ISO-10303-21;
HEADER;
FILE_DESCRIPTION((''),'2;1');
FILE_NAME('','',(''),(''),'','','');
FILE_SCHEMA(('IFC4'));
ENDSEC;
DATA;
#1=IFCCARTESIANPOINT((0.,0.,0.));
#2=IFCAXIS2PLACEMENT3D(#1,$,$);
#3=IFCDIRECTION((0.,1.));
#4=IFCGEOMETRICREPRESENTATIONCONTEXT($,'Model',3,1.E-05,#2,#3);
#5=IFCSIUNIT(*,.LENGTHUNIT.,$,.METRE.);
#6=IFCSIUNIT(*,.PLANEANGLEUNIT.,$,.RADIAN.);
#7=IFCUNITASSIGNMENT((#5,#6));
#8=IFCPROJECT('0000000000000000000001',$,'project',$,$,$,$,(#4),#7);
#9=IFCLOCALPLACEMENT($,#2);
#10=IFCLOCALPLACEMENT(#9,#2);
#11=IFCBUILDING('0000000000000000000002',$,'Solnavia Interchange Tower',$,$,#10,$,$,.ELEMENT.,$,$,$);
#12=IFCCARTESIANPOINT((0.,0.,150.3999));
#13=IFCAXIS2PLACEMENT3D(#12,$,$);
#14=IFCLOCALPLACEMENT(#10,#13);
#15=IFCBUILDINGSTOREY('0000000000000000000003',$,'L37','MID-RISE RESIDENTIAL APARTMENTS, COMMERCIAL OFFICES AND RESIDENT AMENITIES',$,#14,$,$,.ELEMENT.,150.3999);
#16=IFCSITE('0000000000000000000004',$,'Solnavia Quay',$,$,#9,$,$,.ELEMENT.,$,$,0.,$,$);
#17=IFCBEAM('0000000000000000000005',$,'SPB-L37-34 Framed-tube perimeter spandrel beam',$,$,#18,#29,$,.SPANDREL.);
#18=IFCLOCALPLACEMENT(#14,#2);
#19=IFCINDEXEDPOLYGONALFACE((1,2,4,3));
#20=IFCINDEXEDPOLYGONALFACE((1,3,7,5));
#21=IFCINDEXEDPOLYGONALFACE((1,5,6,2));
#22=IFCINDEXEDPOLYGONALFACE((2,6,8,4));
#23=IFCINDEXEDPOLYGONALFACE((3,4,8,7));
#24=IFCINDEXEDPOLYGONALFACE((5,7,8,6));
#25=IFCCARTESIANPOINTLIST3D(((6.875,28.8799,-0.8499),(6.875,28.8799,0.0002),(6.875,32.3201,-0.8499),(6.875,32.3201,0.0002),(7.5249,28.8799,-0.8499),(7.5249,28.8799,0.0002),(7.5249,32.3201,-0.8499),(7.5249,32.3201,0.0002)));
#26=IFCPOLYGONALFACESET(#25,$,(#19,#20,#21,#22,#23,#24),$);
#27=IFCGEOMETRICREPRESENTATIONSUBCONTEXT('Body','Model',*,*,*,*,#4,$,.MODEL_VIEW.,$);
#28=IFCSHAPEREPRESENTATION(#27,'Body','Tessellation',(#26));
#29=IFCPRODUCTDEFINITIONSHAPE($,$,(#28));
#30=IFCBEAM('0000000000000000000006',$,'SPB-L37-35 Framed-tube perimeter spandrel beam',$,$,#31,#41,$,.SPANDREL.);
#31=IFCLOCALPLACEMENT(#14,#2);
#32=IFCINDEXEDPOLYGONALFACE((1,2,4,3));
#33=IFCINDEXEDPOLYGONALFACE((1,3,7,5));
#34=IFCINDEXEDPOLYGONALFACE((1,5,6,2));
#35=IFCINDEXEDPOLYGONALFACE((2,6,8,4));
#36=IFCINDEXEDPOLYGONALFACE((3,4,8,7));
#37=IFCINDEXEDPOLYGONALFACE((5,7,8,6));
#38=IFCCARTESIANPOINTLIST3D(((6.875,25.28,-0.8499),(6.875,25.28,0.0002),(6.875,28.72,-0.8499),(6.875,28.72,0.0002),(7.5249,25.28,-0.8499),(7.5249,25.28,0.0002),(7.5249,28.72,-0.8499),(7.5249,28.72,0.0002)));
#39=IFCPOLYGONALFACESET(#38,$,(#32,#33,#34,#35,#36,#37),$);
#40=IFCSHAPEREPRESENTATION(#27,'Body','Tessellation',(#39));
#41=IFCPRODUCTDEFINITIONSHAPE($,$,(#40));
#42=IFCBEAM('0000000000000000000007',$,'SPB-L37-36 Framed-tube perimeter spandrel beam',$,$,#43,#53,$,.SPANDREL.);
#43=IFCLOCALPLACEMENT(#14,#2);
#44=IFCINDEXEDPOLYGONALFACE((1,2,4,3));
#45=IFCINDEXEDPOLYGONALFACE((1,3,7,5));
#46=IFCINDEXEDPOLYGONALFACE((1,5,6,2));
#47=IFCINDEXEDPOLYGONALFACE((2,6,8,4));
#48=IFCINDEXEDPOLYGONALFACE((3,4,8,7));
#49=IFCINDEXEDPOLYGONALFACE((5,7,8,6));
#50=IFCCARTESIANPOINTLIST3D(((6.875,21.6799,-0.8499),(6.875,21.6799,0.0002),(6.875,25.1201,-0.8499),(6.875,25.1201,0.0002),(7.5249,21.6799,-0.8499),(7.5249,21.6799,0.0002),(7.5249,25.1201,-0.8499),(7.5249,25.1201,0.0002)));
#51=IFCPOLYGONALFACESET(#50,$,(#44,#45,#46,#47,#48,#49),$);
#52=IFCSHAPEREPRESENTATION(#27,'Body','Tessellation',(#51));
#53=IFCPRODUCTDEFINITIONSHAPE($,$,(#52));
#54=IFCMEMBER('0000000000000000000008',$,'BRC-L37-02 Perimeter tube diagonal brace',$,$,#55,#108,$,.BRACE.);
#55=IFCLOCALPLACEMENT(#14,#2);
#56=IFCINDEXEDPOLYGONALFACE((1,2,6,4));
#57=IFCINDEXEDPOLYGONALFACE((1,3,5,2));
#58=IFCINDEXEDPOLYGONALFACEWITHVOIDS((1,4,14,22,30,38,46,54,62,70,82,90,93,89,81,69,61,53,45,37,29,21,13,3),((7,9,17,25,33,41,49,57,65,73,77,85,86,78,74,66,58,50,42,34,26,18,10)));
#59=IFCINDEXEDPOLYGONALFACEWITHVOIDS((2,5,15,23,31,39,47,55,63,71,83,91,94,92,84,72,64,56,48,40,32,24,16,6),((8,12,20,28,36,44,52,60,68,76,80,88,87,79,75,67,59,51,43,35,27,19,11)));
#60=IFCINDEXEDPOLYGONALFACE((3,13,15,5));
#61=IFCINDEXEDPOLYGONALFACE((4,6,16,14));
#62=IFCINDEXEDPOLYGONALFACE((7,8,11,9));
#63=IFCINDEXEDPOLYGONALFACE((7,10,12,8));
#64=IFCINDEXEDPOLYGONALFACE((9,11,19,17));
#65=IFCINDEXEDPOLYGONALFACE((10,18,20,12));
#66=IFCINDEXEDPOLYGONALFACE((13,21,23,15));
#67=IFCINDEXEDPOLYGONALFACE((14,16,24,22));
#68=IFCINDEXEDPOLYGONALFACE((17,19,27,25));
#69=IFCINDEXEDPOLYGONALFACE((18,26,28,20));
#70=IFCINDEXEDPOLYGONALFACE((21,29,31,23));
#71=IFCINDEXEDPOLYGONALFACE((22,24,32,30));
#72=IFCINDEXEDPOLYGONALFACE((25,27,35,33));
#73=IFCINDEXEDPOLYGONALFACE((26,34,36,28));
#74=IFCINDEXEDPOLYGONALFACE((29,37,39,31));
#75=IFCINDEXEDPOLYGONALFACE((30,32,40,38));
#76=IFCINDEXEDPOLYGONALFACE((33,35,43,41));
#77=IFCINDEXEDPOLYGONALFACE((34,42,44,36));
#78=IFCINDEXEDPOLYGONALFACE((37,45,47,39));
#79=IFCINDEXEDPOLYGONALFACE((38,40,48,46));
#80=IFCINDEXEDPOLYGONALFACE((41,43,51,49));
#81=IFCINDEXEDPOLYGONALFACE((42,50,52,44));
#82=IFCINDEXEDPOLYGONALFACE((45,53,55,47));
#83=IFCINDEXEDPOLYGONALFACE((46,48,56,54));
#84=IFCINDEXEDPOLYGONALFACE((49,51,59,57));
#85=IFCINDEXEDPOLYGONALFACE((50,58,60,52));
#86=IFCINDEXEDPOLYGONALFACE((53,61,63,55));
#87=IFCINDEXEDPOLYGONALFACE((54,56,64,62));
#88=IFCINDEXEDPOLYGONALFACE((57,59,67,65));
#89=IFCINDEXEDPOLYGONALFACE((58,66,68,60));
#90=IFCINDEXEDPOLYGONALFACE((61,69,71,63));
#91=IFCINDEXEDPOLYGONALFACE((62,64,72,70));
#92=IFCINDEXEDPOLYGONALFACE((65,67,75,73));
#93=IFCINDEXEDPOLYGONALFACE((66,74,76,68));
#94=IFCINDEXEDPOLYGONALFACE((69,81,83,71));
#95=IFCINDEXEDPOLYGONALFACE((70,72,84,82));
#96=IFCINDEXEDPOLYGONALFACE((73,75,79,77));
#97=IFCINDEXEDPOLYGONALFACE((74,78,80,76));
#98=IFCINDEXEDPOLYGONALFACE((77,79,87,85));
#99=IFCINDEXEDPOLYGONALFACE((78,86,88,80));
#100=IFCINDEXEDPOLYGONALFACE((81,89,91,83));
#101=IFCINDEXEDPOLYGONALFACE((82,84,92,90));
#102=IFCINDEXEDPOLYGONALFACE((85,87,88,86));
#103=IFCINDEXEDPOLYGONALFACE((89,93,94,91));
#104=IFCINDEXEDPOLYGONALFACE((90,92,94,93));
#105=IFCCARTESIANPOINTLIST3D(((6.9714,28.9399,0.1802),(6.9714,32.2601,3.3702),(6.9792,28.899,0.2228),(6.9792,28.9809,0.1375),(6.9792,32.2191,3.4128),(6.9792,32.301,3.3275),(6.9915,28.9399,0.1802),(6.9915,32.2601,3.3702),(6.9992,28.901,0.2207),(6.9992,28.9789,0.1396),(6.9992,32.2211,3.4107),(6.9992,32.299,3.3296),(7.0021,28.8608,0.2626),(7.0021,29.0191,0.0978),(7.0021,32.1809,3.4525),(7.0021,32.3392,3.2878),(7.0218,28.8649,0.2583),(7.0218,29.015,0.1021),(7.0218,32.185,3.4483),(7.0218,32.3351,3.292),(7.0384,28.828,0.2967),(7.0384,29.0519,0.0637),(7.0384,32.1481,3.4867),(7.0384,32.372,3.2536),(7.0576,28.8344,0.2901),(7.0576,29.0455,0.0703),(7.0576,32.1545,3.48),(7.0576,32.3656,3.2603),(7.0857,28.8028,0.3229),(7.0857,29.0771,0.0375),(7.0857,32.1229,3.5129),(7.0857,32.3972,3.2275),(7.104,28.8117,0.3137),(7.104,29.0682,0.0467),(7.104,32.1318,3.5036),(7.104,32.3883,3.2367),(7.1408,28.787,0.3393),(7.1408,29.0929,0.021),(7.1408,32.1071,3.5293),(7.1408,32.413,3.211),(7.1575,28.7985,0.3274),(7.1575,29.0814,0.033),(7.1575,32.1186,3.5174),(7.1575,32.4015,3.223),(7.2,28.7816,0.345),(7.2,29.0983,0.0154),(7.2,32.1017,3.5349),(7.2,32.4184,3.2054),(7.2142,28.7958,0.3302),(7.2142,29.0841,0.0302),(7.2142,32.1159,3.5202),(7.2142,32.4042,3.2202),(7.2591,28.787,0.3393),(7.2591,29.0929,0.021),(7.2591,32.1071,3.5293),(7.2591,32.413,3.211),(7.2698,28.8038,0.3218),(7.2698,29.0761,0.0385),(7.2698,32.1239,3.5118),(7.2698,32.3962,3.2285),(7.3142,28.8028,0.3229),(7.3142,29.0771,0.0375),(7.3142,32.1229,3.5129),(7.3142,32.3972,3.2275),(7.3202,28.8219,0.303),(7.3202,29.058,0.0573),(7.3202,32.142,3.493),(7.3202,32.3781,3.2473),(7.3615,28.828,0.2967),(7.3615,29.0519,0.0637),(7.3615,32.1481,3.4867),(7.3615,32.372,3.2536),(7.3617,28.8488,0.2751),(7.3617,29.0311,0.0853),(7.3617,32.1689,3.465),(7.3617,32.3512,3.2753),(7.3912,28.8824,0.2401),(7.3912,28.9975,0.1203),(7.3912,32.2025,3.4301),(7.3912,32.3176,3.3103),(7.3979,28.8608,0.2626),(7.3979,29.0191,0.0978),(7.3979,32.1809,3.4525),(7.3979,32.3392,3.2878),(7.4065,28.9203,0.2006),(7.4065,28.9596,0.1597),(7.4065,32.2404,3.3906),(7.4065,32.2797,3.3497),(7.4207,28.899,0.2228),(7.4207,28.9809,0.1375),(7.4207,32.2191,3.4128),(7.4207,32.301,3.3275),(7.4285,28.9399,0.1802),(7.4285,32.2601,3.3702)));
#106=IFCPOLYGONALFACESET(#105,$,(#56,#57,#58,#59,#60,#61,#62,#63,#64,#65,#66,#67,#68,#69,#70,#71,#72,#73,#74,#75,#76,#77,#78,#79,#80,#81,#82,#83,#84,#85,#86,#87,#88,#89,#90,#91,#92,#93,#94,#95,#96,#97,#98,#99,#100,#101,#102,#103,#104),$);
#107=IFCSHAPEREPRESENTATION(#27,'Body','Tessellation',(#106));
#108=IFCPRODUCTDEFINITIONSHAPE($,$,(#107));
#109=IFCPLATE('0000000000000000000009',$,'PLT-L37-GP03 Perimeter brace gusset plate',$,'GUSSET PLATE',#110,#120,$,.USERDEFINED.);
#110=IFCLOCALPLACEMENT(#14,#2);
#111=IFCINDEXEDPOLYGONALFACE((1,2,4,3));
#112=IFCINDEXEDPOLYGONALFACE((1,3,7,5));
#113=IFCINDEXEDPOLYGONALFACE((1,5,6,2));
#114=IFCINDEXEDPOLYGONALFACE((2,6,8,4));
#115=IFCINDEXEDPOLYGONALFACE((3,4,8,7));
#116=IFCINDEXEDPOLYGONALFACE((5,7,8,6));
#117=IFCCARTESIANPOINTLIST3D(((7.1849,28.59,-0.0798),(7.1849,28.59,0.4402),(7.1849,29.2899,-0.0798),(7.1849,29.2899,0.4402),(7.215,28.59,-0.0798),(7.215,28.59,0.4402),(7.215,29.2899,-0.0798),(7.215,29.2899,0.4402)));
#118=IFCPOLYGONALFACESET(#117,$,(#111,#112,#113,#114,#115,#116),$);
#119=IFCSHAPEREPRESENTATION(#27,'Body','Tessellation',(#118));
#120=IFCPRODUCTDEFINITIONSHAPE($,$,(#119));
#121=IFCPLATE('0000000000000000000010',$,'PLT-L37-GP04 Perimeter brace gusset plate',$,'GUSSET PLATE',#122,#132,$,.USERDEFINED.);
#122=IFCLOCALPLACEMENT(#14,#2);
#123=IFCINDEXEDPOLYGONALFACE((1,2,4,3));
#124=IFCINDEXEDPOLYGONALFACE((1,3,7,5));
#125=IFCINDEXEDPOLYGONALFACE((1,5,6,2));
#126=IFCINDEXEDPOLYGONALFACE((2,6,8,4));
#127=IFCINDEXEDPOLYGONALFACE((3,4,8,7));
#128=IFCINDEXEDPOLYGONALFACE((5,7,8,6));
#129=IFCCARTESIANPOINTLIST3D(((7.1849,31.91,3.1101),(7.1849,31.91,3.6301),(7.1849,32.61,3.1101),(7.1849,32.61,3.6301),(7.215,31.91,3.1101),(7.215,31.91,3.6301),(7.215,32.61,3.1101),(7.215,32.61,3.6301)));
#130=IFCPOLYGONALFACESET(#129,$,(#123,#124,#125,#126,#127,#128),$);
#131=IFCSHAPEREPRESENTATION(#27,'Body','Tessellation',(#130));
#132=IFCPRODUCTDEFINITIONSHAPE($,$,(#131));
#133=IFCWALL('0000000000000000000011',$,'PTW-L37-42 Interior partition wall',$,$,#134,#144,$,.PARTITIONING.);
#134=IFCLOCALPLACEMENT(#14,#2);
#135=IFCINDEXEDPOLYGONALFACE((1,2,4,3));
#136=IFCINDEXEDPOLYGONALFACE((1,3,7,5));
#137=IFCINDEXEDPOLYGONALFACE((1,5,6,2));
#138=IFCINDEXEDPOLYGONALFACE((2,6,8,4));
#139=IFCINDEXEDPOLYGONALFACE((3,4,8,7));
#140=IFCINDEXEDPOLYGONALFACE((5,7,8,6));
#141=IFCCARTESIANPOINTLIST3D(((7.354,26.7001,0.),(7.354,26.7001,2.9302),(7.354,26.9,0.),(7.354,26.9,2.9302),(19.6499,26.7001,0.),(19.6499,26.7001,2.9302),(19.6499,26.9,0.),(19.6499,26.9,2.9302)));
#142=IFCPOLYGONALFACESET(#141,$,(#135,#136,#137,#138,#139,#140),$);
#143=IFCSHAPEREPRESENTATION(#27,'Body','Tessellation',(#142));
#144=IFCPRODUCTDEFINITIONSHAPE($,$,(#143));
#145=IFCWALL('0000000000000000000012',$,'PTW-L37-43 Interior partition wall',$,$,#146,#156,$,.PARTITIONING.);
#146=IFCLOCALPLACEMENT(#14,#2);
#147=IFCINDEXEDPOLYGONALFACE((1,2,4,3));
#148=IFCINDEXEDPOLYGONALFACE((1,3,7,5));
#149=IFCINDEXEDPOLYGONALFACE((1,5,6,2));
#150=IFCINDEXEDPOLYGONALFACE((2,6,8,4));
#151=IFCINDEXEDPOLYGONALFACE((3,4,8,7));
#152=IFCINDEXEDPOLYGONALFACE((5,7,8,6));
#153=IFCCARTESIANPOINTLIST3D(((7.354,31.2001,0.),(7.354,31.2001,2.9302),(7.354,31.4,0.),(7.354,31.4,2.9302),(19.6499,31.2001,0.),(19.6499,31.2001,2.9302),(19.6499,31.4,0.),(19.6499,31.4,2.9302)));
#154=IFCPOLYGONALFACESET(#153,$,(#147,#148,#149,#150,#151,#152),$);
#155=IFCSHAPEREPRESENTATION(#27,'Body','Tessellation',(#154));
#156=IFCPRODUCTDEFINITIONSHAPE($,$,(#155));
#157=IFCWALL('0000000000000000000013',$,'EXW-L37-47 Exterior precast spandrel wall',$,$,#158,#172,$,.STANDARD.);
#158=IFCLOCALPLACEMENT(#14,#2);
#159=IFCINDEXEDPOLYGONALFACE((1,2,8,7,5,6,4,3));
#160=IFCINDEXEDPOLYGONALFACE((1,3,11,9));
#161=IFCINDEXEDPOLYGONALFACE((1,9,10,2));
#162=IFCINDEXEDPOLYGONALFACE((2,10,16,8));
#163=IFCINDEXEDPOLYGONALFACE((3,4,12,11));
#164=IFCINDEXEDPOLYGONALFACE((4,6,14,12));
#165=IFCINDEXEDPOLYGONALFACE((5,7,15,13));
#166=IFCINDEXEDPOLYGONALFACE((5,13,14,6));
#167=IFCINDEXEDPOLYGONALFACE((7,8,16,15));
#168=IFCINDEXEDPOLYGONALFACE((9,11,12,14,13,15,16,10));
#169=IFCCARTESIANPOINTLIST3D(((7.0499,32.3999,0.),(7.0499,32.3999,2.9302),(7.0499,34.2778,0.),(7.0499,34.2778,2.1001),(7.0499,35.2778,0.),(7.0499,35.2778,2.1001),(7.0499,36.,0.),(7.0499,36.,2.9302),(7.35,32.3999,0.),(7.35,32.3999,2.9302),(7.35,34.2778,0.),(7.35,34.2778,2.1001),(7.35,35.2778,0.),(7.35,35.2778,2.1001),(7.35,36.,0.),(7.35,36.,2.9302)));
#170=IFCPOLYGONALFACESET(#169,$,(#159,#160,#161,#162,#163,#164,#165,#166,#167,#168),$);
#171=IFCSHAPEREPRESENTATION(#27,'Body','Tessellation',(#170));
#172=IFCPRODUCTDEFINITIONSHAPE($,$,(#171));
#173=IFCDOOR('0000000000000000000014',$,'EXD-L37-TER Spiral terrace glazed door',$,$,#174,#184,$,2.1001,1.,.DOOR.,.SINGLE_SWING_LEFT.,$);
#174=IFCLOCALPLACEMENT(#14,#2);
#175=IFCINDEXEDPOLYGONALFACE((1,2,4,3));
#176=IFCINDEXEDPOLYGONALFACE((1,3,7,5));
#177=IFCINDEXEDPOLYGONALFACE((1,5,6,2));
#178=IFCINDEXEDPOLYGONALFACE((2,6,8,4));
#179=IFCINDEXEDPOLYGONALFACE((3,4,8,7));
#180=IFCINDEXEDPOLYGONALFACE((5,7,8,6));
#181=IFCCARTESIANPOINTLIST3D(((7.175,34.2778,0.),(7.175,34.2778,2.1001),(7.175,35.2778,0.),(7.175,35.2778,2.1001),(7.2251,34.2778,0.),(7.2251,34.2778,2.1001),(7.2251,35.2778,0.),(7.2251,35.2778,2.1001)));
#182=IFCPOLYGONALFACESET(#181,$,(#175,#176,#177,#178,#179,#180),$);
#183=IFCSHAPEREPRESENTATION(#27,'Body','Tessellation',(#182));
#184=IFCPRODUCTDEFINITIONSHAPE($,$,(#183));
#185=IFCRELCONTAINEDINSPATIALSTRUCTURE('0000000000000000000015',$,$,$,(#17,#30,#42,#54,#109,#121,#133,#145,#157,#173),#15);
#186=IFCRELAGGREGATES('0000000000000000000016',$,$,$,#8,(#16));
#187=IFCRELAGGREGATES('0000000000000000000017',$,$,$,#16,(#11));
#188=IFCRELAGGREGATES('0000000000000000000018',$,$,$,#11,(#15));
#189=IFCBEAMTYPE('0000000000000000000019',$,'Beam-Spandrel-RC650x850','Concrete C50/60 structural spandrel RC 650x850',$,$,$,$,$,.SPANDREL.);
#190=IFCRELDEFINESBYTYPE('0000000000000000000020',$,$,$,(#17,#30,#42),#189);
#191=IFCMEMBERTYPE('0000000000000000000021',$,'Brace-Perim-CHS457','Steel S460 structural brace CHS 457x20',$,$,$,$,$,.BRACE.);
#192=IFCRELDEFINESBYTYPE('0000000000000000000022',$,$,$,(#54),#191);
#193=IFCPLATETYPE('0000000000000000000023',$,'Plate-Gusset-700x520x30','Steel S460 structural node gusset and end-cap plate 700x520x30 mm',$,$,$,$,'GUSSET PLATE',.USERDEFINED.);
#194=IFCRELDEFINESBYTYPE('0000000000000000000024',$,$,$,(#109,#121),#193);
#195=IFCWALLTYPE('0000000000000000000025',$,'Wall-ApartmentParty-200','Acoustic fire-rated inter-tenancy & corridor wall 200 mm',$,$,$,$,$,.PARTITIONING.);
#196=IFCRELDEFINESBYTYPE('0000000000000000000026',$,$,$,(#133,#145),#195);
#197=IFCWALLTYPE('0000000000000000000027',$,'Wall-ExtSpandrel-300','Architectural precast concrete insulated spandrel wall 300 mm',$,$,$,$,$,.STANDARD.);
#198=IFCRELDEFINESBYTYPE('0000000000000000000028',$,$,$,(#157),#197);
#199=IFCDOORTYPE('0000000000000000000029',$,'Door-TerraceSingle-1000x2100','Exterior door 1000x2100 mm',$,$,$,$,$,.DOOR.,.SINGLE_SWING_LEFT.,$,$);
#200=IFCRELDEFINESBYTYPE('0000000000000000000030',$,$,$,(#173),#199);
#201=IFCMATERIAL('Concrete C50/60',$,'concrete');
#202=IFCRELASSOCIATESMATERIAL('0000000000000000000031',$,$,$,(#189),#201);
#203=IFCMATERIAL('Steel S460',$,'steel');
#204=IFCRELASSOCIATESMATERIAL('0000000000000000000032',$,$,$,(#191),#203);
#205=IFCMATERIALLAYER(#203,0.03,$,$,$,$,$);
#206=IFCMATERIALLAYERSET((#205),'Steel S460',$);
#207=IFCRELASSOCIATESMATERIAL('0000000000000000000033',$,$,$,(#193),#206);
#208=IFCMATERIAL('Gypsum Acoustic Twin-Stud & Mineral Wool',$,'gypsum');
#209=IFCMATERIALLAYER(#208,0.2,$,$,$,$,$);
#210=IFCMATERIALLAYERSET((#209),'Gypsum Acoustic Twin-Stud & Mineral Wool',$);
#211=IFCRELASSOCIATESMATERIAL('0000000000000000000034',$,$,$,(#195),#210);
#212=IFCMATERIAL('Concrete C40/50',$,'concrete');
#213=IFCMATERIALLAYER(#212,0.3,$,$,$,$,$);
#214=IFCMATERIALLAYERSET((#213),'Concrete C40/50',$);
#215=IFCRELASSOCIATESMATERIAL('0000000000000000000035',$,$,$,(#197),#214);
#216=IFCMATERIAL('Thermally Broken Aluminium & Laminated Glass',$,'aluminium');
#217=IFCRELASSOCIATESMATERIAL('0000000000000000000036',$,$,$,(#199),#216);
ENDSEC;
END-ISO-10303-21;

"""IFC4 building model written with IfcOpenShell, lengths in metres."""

from ifc_helpers import new_model, si_unit, direction, frame, frame_2d, origin, origin_2d, place, context, subcontext, project, spatial, rectangle, hollow_circle, extrude, material, layer, layer_set, material_profile, profile_set, type_object, element, fill, save


model = new_model("IFC4")

# Units and contexts
model_context = context("Model", 3, precision=1e-05, world=origin(), true_north=direction((0.0, 1.0)))
body_context = subcontext(model_context, "Body", "Model", "MODEL_VIEW")
ifc_project = project(units=[si_unit("LENGTHUNIT", "METRE"), si_unit("PLANEANGLEUNIT", "RADIAN")], contexts=[model_context])

# Site, building, storey
site_placement = place(None, origin())
site = spatial("IfcSite", under=ifc_project, at=site_placement, Name="Solnavia Quay", CompositionType="ELEMENT", RefElevation=0.0)
building_placement = place(site_placement, origin())
building = spatial("IfcBuilding", under=site, at=building_placement, Name="Solnavia Interchange Tower", CompositionType="ELEMENT")
storey_placement = place(building_placement, frame((0.0, 0.0, 150.3999)))
storey = spatial("IfcBuildingStorey", under=building, at=storey_placement, Name="L37", Description="MID-RISE RESIDENTIAL APARTMENTS, COMMERCIAL OFFICES AND RESIDENT AMENITIES", CompositionType="ELEMENT", Elevation=150.3999)

# Shared definitions
ifc_material_1 = material(Name="Concrete C50/60", Category="concrete")

# Beams
ifc_material_2 = material(Name="Steel S460", Category="steel")
ifc_material_profile_1 = material_profile(ifc_material_1, rectangle(XDim=0.6499, YDim=0.8501, at=origin_2d()), Name="RC 650x850")
ifc_profile_set_1 = profile_set([ifc_material_profile_1], Name="Concrete C50/60")
beam_type_1 = type_object("IfcBeamType", Name="Beam-Spandrel-RC650x850", Description="Concrete C50/60 structural spandrel RC 650x850", PredefinedType="SPANDREL", material=ifc_profile_set_1)
beam_1_placement = place(storey_placement, frame((7.2, 32.3201, -0.4248), z_axis=(0.0, -1.0, 0.0), x_axis=(1.0, 0.0, 0.0)))
element("IfcBeam", 1, at=beam_1_placement, inside=storey, type_object=beam_type_1, Name="SPB-L37-34 Framed-tube perimeter spandrel beam", PredefinedType="SPANDREL", context=body_context, shape_type="SweptSolid", body=[
    extrude(rectangle(XDim=0.6499, YDim=0.8501, at=origin_2d()), origin(), (0.0, 0.0, 1.0), 3.4402),
])
beam_2_placement = place(storey_placement, frame((7.2, 28.72, -0.4248), z_axis=(0.0, -1.0, 0.0), x_axis=(1.0, 0.0, 0.0)))
element("IfcBeam", 2, at=beam_2_placement, inside=storey, type_object=beam_type_1, Name="SPB-L37-35 Framed-tube perimeter spandrel beam", PredefinedType="SPANDREL", context=body_context, shape_type="SweptSolid", body=[
    extrude(rectangle(XDim=0.6499, YDim=0.8501, at=origin_2d()), origin(), (0.0, 0.0, 1.0), 3.4399),
])
beam_3_placement = place(storey_placement, frame((7.2, 25.1201, -0.4248), z_axis=(0.0, -1.0, 0.0), x_axis=(1.0, 0.0, 0.0)))
element("IfcBeam", 3, at=beam_3_placement, inside=storey, type_object=beam_type_1, Name="SPB-L37-36 Framed-tube perimeter spandrel beam", PredefinedType="SPANDREL", context=body_context, shape_type="SweptSolid", body=[
    extrude(rectangle(XDim=0.6499, YDim=0.8501, at=origin_2d()), origin(), (0.0, 0.0, 1.0), 3.4402),
])

# Member
ifc_material_profile_2 = material_profile(ifc_material_2, hollow_circle(Radius=0.2285, WallThickness=0.02, at=origin_2d()), Name="CHS 457x20")
ifc_profile_set_2 = profile_set([ifc_material_profile_2], Name="Steel S460")
member_type = type_object("IfcMemberType", Name="Brace-Perim-CHS457", Description="Steel S460 structural brace CHS 457x20", PredefinedType="BRACE", material=ifc_profile_set_2)
member_placement = place(storey_placement, frame((7.2, 28.9399, 0.1802), z_axis=(0.0, 0.721097, 0.692834), x_axis=(-1.0, 0.0, 0.0)))
element("IfcMember", 4, at=member_placement, inside=storey, type_object=member_type, Name="BRC-L37-02 Perimeter tube diagonal brace", PredefinedType="BRACE", context=body_context, shape_type="SweptSolid", body=[
    extrude(hollow_circle(Radius=0.2285, WallThickness=0.02, at=origin_2d()), origin(), (0.0, 0.0, 1.0), 4.6042),
])

# Plates
ifc_layer_1 = layer(ifc_material_2, 0.03)
ifc_layer_set_1 = layer_set([ifc_layer_1], Name="Steel S460")
plate_type = type_object("IfcPlateType", Name="Plate-Gusset-700x520x30", Description="Steel S460 structural node gusset and end-cap plate 700x520x30 mm", ElementType="GUSSET PLATE", PredefinedType="USERDEFINED", material=ifc_layer_set_1)
for number, where, z_axis, x_axis, name in (
    (5, (7.2, 28.9399, -0.0798), (0.0, 0.0, 1.0), (0.0, 1.0, 0.0), "PLT-L37-GP03 Perimeter brace gusset plate"),
    (6, (7.2, 32.26, 3.1101), (0.0, 0.0, 1.0), (0.0, 1.0, 0.0), "PLT-L37-GP04 Perimeter brace gusset plate"),
):
    element("IfcPlate", number, at=place(storey_placement, frame(where, z_axis=z_axis, x_axis=x_axis)), inside=storey, type_object=plate_type, Name=name, ObjectType="GUSSET PLATE", PredefinedType="USERDEFINED", context=body_context, shape_type="SweptSolid", body=[
        extrude(rectangle(XDim=0.7, YDim=0.03, at=origin_2d()), origin(), (0.0, 0.0, 1.0), 0.52),
    ])

# Walls
ifc_material_3 = material(Name="Gypsum Acoustic Twin-Stud & Mineral Wool", Category="gypsum")
ifc_layer_2 = layer(ifc_material_3, 0.2)
ifc_layer_set_2 = layer_set([ifc_layer_2], Name="Gypsum Acoustic Twin-Stud & Mineral Wool")
wall_type_1 = type_object("IfcWallType", Name="Wall-ApartmentParty-200", Description="Acoustic fire-rated inter-tenancy & corridor wall 200 mm", PredefinedType="PARTITIONING", material=ifc_layer_set_2)
for number, where, z_axis, x_axis, name in (
    (7, (7.354, 26.8, 0.0), (0.0, 0.0, 1.0), (1.0, 0.0, 0.0), "PTW-L37-42 Interior partition wall"),
    (8, (7.354, 31.3, 0.0), (0.0, 0.0, 1.0), (1.0, 0.0, 0.0), "PTW-L37-43 Interior partition wall"),
):
    element("IfcWall", number, at=place(storey_placement, frame(where, z_axis=z_axis, x_axis=x_axis)), inside=storey, type_object=wall_type_1, Name=name, PredefinedType="PARTITIONING", context=body_context, shape_type="SweptSolid", body=[
        extrude(rectangle(XDim=12.2959, YDim=0.2, at=frame_2d((6.1479, 0.0))), origin(), (0.0, 0.0, 1.0), 2.9302),
    ])

# Wall, opening, door
ifc_material_4 = material(Name="Concrete C40/50", Category="concrete")
ifc_layer_3 = layer(ifc_material_4, 0.3)
ifc_layer_set_3 = layer_set([ifc_layer_3], Name="Concrete C40/50")
wall_type_2 = type_object("IfcWallType", Name="Wall-ExtSpandrel-300", Description="Architectural precast concrete insulated spandrel wall 300 mm", PredefinedType="STANDARD", material=ifc_layer_set_3)
wall_1_placement = place(storey_placement, frame((7.2, 32.3999, 0.0), z_axis=(0.0, 0.0, 1.0), x_axis=(0.0, 1.0, 0.0)))
wall_1 = element("IfcWall", 9, at=wall_1_placement, inside=storey, type_object=wall_type_2, Name="EXW-L37-47 Exterior precast spandrel wall", PredefinedType="STANDARD", context=body_context, shape_type="SweptSolid", body=[
    extrude(rectangle(XDim=3.6001, YDim=0.3, at=frame_2d((1.8, 0.0))), origin(), (0.0, 0.0, 1.0), 2.9302),
])
opening_1_placement = place(wall_1_placement, frame((1.8779, 0.0, 0.0)))
opening_1 = element("IfcOpeningElement", 10, at=opening_1_placement, cuts=wall_1, PredefinedType="OPENING", context=body_context, shape_type="SweptSolid", body=[
    extrude(rectangle(XDim=1.0, YDim=2.1001, at=frame_2d((0.5, 1.05))), frame((0.0, 0.1602, 0.0), z_axis=(0.0, -1.0, 0.0), x_axis=(1.0, 0.0, 0.0)), (0.0, 0.0, 1.0), 0.3201),
])
ifc_material_5 = material(Name="Thermally Broken Aluminium & Laminated Glass", Category="aluminium")
door_type_1 = type_object("IfcDoorType", Name="Door-TerraceSingle-1000x2100", Description="Exterior door 1000x2100 mm", OperationType="SINGLE_SWING_LEFT", PredefinedType="DOOR", material=ifc_material_5)
door_1_placement = place(opening_1_placement, origin())
door_1 = element("IfcDoor", 11, at=door_1_placement, inside=storey, type_object=door_type_1, Name="EXD-L37-TER Spiral terrace glazed door", OperationType="SINGLE_SWING_LEFT", OverallHeight=2.1001, OverallWidth=1.0, PredefinedType="DOOR", context=body_context, shape_type="SweptSolid", body=[
    extrude(rectangle(XDim=1.0, YDim=2.1001, at=frame_2d((0.5, 1.05))), frame((0.0, 0.0249, 0.0), z_axis=(0.0, -1.0, 0.0), x_axis=(1.0, 0.0, 0.0)), (0.0, 0.0, 1.0), 0.05),
])
fill(opening_1, door_1)

save(model, "model.ifc")
